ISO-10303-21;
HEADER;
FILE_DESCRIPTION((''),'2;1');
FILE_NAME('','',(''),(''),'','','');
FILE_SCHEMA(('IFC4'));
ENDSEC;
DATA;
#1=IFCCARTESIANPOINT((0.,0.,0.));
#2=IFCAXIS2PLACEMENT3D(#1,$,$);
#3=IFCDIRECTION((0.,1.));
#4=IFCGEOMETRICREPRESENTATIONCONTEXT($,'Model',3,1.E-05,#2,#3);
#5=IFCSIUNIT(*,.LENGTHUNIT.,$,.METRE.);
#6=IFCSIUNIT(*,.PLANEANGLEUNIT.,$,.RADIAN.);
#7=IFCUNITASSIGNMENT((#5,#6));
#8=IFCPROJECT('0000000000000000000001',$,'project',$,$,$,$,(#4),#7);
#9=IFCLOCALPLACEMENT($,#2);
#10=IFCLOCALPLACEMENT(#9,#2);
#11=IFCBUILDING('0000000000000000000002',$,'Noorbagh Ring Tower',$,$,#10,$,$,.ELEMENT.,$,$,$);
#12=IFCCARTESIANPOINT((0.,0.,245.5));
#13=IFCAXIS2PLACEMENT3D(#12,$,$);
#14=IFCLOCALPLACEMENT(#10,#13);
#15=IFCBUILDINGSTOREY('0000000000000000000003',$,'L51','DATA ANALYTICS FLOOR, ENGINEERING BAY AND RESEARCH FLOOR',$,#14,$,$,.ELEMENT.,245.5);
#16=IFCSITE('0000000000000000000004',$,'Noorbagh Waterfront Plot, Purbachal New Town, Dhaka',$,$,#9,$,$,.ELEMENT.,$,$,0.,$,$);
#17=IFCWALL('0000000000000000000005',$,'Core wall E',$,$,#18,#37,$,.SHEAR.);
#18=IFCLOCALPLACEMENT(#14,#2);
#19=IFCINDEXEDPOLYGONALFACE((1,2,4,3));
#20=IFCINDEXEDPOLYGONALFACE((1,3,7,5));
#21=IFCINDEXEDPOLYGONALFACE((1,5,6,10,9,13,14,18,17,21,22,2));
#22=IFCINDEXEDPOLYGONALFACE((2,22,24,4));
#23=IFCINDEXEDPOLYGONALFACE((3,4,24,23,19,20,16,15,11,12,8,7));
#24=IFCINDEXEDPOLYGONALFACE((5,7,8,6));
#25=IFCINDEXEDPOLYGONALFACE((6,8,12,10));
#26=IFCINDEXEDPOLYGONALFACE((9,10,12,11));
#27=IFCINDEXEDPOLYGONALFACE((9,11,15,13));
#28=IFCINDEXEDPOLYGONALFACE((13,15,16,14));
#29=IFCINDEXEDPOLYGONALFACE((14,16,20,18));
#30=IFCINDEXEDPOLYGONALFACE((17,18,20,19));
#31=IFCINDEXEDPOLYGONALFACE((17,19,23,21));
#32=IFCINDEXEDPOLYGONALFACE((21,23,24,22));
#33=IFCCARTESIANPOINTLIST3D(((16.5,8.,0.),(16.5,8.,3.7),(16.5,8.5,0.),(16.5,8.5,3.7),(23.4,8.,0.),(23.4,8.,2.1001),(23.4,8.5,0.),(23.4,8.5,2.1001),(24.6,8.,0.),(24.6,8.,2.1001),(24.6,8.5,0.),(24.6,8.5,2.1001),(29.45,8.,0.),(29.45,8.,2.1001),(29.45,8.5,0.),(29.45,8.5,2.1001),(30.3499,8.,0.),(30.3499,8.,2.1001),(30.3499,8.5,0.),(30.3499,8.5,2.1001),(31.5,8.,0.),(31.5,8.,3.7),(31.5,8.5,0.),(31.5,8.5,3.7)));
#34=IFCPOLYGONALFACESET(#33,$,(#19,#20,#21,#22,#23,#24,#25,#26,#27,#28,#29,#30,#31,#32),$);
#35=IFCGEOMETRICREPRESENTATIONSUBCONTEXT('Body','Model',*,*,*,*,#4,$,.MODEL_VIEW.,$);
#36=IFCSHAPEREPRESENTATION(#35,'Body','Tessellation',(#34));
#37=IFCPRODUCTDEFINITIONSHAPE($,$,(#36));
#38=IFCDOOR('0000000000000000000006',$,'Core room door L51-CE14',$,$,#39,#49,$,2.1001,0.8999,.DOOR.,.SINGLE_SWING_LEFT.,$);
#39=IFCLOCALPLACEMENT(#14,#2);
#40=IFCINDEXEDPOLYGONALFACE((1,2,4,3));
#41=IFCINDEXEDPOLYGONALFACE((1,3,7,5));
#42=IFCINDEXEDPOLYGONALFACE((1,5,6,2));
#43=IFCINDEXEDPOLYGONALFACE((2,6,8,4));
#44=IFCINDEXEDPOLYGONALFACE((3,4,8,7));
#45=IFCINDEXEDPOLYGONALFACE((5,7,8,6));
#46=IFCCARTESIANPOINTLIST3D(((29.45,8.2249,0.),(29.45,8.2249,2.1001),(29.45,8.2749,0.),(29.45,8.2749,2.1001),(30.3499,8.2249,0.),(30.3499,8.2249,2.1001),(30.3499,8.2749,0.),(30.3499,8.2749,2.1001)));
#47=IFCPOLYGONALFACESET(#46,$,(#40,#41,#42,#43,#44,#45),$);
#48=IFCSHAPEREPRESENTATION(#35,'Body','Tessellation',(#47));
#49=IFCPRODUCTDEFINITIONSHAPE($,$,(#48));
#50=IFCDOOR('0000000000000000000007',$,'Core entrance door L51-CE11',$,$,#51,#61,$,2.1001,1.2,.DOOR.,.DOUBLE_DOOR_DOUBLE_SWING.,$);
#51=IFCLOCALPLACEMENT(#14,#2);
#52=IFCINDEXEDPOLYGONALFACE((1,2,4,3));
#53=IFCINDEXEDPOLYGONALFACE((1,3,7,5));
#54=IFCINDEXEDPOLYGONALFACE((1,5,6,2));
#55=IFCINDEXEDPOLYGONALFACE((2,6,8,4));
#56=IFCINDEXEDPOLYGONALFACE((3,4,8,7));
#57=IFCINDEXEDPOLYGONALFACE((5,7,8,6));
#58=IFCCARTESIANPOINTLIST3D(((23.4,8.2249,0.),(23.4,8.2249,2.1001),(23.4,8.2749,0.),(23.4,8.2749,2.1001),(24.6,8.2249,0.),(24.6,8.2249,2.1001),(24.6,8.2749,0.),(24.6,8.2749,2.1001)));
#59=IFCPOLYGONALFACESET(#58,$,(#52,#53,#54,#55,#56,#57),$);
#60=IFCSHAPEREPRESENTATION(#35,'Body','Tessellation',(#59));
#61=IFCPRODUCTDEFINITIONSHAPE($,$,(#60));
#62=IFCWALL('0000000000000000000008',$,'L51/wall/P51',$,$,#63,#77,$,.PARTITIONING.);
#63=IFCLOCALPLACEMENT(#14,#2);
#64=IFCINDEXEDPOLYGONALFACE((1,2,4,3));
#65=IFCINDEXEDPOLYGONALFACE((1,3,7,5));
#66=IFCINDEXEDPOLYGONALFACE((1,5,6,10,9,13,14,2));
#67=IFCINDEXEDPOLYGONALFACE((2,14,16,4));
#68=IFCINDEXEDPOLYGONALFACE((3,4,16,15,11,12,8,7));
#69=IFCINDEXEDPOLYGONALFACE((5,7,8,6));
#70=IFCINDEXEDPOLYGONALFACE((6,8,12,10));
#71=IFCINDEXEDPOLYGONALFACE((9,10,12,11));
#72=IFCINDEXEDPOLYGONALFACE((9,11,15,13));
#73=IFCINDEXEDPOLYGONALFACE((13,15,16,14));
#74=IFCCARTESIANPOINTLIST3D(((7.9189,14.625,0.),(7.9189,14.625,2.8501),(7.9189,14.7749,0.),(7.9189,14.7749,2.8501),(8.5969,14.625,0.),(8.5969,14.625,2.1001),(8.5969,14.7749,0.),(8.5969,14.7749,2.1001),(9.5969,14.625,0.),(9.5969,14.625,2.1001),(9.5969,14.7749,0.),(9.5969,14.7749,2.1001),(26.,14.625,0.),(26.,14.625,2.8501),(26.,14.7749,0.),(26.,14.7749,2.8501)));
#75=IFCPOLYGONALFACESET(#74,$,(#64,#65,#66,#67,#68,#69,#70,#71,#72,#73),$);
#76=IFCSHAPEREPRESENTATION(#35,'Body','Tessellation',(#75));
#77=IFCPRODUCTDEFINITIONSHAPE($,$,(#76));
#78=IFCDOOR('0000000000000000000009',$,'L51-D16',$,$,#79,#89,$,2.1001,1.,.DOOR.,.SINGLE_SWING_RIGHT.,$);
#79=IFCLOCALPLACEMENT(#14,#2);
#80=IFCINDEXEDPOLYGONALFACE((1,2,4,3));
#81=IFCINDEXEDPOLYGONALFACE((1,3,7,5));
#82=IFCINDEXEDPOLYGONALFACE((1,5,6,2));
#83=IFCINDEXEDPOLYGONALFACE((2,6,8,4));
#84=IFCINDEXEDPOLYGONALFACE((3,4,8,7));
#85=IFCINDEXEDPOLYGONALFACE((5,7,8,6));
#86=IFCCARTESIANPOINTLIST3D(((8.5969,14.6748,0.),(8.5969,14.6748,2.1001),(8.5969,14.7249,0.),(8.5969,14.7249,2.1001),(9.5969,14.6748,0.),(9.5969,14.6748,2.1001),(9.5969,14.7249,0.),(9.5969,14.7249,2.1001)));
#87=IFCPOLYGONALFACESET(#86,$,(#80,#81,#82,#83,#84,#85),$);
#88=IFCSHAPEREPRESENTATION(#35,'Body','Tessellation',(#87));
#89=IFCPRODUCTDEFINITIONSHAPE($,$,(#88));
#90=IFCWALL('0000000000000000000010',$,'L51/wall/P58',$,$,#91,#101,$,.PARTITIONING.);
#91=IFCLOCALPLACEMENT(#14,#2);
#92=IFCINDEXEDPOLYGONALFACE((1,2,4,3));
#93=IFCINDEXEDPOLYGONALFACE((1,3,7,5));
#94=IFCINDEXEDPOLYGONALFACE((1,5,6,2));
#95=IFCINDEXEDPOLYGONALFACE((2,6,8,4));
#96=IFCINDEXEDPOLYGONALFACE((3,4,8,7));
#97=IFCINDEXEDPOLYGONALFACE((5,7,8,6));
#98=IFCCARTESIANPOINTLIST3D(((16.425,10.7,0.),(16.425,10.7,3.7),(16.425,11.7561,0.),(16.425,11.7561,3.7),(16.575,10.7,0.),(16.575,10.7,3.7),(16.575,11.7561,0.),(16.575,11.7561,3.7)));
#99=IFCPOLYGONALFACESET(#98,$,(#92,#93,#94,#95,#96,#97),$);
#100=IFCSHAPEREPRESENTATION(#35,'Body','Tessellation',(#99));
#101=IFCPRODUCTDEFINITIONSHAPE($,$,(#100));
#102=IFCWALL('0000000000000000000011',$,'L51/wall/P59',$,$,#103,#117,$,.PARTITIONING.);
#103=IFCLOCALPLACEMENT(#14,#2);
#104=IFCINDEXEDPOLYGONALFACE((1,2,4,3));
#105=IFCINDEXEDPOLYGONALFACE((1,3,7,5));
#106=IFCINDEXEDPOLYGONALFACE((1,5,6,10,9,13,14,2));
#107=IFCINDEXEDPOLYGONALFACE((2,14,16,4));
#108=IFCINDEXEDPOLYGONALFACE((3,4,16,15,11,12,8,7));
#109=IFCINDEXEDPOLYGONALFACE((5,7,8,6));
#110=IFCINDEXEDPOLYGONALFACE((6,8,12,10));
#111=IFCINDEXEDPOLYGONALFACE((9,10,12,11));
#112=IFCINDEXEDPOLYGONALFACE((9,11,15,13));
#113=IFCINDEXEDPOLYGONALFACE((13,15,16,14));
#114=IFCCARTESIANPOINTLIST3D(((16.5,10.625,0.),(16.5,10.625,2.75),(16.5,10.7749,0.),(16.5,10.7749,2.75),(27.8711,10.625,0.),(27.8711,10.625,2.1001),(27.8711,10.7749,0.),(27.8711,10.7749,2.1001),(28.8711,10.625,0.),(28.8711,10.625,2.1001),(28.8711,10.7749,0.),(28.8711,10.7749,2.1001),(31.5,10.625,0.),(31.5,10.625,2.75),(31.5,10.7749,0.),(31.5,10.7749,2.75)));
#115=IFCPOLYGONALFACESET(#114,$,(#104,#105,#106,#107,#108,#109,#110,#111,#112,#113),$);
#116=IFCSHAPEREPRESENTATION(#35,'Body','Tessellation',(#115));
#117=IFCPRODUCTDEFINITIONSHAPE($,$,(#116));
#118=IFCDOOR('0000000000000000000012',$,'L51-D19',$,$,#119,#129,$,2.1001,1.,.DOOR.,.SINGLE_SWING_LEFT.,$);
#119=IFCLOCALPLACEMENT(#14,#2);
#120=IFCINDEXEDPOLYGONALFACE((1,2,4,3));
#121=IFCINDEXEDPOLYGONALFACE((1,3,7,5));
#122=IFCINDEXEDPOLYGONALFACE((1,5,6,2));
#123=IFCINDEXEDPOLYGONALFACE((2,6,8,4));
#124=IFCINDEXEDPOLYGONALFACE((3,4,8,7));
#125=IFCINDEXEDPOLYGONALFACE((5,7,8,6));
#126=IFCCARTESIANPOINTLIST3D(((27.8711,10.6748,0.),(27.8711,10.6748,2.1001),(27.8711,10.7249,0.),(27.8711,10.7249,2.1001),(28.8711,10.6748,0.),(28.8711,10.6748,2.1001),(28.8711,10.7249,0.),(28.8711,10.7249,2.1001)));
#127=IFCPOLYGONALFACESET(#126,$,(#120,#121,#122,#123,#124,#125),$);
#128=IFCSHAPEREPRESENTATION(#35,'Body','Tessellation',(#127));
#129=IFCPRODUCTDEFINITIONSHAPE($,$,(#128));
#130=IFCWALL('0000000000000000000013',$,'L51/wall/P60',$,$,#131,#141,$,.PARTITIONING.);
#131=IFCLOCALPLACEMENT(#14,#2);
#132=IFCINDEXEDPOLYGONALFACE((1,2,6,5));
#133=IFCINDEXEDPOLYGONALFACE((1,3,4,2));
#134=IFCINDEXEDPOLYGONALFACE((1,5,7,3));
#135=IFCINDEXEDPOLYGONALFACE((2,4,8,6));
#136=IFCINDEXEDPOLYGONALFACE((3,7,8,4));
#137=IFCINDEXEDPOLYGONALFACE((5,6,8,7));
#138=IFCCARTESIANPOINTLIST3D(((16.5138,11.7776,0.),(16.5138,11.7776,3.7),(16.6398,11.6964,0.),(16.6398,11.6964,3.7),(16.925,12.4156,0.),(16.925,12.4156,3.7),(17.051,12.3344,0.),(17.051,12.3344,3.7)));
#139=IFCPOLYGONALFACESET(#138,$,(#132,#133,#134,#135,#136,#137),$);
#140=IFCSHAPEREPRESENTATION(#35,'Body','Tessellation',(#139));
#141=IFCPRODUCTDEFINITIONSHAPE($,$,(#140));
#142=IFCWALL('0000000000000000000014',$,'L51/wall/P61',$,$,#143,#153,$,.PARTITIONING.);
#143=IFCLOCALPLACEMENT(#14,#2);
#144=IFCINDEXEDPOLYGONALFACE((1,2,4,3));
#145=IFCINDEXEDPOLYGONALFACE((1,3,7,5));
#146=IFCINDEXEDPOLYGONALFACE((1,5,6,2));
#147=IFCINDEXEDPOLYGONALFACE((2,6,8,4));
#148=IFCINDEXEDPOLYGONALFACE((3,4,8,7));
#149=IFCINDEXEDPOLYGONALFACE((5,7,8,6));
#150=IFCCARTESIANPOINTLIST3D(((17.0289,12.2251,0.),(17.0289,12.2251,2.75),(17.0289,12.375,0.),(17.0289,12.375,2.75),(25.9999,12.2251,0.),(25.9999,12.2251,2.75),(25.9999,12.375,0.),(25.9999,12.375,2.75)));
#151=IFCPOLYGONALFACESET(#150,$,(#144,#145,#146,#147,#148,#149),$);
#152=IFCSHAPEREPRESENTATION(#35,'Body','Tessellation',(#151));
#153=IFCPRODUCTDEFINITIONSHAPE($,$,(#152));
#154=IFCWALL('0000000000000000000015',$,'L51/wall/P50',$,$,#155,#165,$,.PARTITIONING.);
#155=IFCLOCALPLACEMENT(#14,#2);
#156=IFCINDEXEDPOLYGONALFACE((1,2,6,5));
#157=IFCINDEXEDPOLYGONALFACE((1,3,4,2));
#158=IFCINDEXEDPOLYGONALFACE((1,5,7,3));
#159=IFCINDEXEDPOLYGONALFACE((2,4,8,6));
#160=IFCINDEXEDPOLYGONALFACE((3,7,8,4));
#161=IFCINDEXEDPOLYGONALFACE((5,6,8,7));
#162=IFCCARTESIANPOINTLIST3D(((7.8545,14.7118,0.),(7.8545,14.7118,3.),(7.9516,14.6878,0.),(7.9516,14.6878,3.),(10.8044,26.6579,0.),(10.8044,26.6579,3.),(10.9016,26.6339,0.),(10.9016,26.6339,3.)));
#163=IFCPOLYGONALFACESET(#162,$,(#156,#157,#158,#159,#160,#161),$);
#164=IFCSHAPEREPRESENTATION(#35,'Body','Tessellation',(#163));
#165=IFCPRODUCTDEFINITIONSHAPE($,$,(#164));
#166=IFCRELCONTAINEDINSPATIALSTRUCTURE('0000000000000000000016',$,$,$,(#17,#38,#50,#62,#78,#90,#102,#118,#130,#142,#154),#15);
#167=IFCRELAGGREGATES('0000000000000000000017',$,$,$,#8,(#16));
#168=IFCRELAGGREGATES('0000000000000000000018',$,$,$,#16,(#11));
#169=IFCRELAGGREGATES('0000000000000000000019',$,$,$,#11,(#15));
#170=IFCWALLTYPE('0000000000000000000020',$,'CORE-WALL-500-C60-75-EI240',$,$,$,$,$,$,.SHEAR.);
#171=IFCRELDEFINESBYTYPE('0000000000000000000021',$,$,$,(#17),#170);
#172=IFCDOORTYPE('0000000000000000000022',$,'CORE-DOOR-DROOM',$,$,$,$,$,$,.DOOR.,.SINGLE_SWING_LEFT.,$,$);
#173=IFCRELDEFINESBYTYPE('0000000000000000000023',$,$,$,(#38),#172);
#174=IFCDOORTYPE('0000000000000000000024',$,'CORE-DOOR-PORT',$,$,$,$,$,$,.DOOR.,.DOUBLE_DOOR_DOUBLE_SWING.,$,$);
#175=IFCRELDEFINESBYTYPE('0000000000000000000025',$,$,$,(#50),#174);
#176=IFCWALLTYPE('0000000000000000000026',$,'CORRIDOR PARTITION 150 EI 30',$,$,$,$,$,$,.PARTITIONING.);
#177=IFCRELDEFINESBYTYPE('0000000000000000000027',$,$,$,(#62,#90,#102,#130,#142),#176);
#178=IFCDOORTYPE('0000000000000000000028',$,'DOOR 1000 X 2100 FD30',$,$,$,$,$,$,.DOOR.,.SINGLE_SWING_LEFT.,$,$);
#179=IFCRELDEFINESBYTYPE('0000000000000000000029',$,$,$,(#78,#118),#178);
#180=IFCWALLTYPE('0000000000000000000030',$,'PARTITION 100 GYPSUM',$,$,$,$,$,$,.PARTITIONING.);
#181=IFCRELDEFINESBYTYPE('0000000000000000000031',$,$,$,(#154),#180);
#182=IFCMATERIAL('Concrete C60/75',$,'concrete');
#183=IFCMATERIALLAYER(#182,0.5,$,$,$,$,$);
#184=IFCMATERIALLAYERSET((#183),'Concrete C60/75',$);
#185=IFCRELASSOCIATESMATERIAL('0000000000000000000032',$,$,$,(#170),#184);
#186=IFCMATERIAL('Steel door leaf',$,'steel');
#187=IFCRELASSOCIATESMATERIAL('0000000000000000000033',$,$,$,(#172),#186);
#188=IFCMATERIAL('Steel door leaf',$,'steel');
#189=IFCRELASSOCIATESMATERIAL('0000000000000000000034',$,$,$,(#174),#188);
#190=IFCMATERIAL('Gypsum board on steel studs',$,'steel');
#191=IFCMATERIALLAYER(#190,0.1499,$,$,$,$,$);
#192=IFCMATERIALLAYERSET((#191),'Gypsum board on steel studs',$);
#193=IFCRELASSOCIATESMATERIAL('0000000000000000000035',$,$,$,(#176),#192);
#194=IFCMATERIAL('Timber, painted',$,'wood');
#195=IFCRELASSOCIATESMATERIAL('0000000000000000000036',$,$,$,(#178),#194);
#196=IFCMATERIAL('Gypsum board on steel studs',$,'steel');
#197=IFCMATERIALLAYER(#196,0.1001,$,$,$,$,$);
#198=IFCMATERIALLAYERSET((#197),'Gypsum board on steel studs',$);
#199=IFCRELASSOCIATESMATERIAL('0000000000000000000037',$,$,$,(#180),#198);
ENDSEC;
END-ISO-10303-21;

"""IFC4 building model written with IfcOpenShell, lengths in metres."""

from ifc_helpers import new_model, si_unit, direction, frame, frame_2d, origin, place, context, subcontext, project, spatial, rectangle, extrude, material, layer, layer_set, type_object, element, fill, save


model = new_model("IFC4")

# Units and contexts
model_context = context("Model", 3, precision=1e-05, world=origin(), true_north=direction((0.0, 1.0)))
body_context = subcontext(model_context, "Body", "Model", "MODEL_VIEW")
ifc_project = project(units=[si_unit("LENGTHUNIT", "METRE"), si_unit("PLANEANGLEUNIT", "RADIAN")], contexts=[model_context])

# Site, building, storey
site_placement = place(None, origin())
site = spatial("IfcSite", under=ifc_project, at=site_placement, Name="Noorbagh Waterfront Plot, Purbachal New Town, Dhaka", CompositionType="ELEMENT", RefElevation=0.0)
building_placement = place(site_placement, origin())
building = spatial("IfcBuilding", under=site, at=building_placement, Name="Noorbagh Ring Tower", CompositionType="ELEMENT")
storey_placement = place(building_placement, frame((0.0, 0.0, 245.5)))
storey = spatial("IfcBuildingStorey", under=building, at=storey_placement, Name="L51", Description="DATA ANALYTICS FLOOR, ENGINEERING BAY AND RESEARCH FLOOR", CompositionType="ELEMENT", Elevation=245.5)

# Wall, openings, doors
ifc_material_1 = material(Name="Concrete C60/75", Category="concrete")
ifc_layer_1 = layer(ifc_material_1, 0.5)
ifc_layer_set_1 = layer_set([ifc_layer_1], Name="Concrete C60/75")
wall_type_1 = type_object("IfcWallType", Name="CORE-WALL-500-C60-75-EI240", PredefinedType="SHEAR", material=ifc_layer_set_1)
wall_1_placement = place(storey_placement, frame((16.5, 8.25, 0.0), z_axis=(0.0, 0.0, 1.0), x_axis=(1.0, 0.0, 0.0)))
wall_1 = element("IfcWall", 1, at=wall_1_placement, inside=storey, type_object=wall_type_1, Name="Core wall E", PredefinedType="SHEAR", context=body_context, shape_type="SweptSolid", body=[
    extrude(rectangle(XDim=15.0, YDim=0.5, at=frame_2d((7.5, 0.0))), origin(), (0.0, 0.0, 1.0), 3.7),
])
opening_1_placement = place(wall_1_placement, frame((6.8999, 0.0, 0.0)))
opening_1 = element("IfcOpeningElement", 2, at=opening_1_placement, cuts=wall_1, PredefinedType="OPENING", context=body_context, shape_type="SweptSolid", body=[
    extrude(rectangle(XDim=1.2, YDim=2.1001, at=frame_2d((0.6001, 1.05))), frame((0.0, 0.26, 0.0), z_axis=(0.0, -1.0, 0.0), x_axis=(1.0, 0.0, 0.0)), (0.0, 0.0, 1.0), 0.52),
])
opening_2_placement = place(wall_1_placement, frame((12.95, 0.0, 0.0)))
opening_2 = element("IfcOpeningElement", 3, at=opening_2_placement, cuts=wall_1, PredefinedType="OPENING", context=body_context, shape_type="SweptSolid", body=[
    extrude(rectangle(XDim=0.8999, YDim=2.1001, at=frame_2d((0.45, 1.05))), frame((0.0, 0.26, 0.0), z_axis=(0.0, -1.0, 0.0), x_axis=(1.0, 0.0, 0.0)), (0.0, 0.0, 1.0), 0.52),
])
ifc_material_2 = material(Name="Steel door leaf", Category="steel")
door_type_1 = type_object("IfcDoorType", Name="CORE-DOOR-DROOM", OperationType="SINGLE_SWING_LEFT", PredefinedType="DOOR", material=ifc_material_2)
door_1_placement = place(opening_2_placement, origin())
door_1 = element("IfcDoor", 4, at=door_1_placement, inside=storey, type_object=door_type_1, Name="Core room door L51-CE14", OperationType="SINGLE_SWING_LEFT", OverallHeight=2.1001, OverallWidth=0.8999, PredefinedType="DOOR", context=body_context, shape_type="SweptSolid", body=[
    extrude(rectangle(XDim=0.8999, YDim=2.1001, at=frame_2d((0.45, 1.05))), frame((0.0, 0.0249, 0.0), z_axis=(0.0, -1.0, 0.0), x_axis=(1.0, 0.0, 0.0)), (0.0, 0.0, 1.0), 0.05),
])
fill(opening_2, door_1)
ifc_material_3 = material(Name="Steel door leaf", Category="steel")
door_type_2 = type_object("IfcDoorType", Name="CORE-DOOR-PORT", OperationType="DOUBLE_DOOR_DOUBLE_SWING", PredefinedType="DOOR", material=ifc_material_3)
door_2_placement = place(opening_1_placement, origin())
door_2 = element("IfcDoor", 5, at=door_2_placement, inside=storey, type_object=door_type_2, Name="Core entrance door L51-CE11", OperationType="DOUBLE_DOOR_DOUBLE_SWING", OverallHeight=2.1001, OverallWidth=1.2, PredefinedType="DOOR", context=body_context, shape_type="SweptSolid", body=[
    extrude(rectangle(XDim=1.2, YDim=2.1001, at=frame_2d((0.6001, 1.05))), frame((0.0, 0.0249, 0.0), z_axis=(0.0, -1.0, 0.0), x_axis=(1.0, 0.0, 0.0)), (0.0, 0.0, 1.0), 0.05),
])
fill(opening_1, door_2)

# Wall, opening, door
ifc_material_4 = material(Name="Gypsum board on steel studs", Category="steel")
ifc_layer_2 = layer(ifc_material_4, 0.1499)
ifc_layer_set_2 = layer_set([ifc_layer_2], Name="Gypsum board on steel studs")
wall_type_2 = type_object("IfcWallType", Name="CORRIDOR PARTITION 150 EI 30", PredefinedType="PARTITIONING", material=ifc_layer_set_2)
wall_2_placement = place(storey_placement, frame((7.9189, 14.7, 0.0), z_axis=(0.0, 0.0, 1.0), x_axis=(1.0, 0.0, 0.0)))
wall_2 = element("IfcWall", 6, at=wall_2_placement, inside=storey, type_object=wall_type_2, Name="L51/wall/P51", PredefinedType="PARTITIONING", context=body_context, shape_type="SweptSolid", body=[
    extrude(rectangle(XDim=18.0811, YDim=0.1499, at=frame_2d((9.0405, 0.0))), origin(), (0.0, 0.0, 1.0), 2.8501),
])
opening_3_placement = place(wall_2_placement, frame((0.678, 0.0, 0.0)))
opening_3 = element("IfcOpeningElement", 7, at=opening_3_placement, cuts=wall_2, PredefinedType="OPENING", context=body_context, shape_type="SweptSolid", body=[
    extrude(rectangle(XDim=1.0, YDim=2.1001, at=frame_2d((0.5, 1.05))), frame((0.0, 0.085, 0.0), z_axis=(0.0, -1.0, 0.0), x_axis=(1.0, 0.0, 0.0)), (0.0, 0.0, 1.0), 0.1699),
])
ifc_material_5 = material(Name="Timber, painted", Category="wood")
door_type_3 = type_object("IfcDoorType", Name="DOOR 1000 X 2100 FD30", OperationType="SINGLE_SWING_LEFT", PredefinedType="DOOR", material=ifc_material_5)
door_3_placement = place(opening_3_placement, origin())
door_3 = element("IfcDoor", 8, at=door_3_placement, inside=storey, type_object=door_type_3, Name="L51-D16", OperationType="SINGLE_SWING_RIGHT", OverallHeight=2.1001, OverallWidth=1.0, PredefinedType="DOOR", context=body_context, shape_type="SweptSolid", body=[
    extrude(rectangle(XDim=1.0, YDim=2.1001, at=frame_2d((0.5, 1.05))), frame((0.0, 0.0249, 0.0), z_axis=(0.0, -1.0, 0.0), x_axis=(1.0, 0.0, 0.0)), (0.0, 0.0, 1.0), 0.05),
])
fill(opening_3, door_3)

# Wall
wall_3_placement = place(storey_placement, frame((16.5, 10.7, 0.0), z_axis=(0.0, 0.0, 1.0), x_axis=(0.0, 1.0, 0.0)))
element("IfcWall", 9, at=wall_3_placement, inside=storey, type_object=wall_type_2, Name="L51/wall/P58", PredefinedType="PARTITIONING", context=body_context, shape_type="SweptSolid", body=[
    extrude(rectangle(XDim=1.0562, YDim=0.1499, at=frame_2d((0.5281, 0.0))), origin(), (0.0, 0.0, 1.0), 3.7),
])

# Wall, opening, door
wall_4_placement = place(storey_placement, frame((16.5, 10.7, 0.0), z_axis=(0.0, 0.0, 1.0), x_axis=(1.0, 0.0, 0.0)))
wall_4 = element("IfcWall", 10, at=wall_4_placement, inside=storey, type_object=wall_type_2, Name="L51/wall/P59", PredefinedType="PARTITIONING", context=body_context, shape_type="SweptSolid", body=[
    extrude(rectangle(XDim=15.0, YDim=0.1499, at=frame_2d((7.5, 0.0))), origin(), (0.0, 0.0, 1.0), 2.75),
])
opening_4_placement = place(wall_4_placement, frame((11.3711, 0.0, 0.0)))
opening_4 = element("IfcOpeningElement", 11, at=opening_4_placement, cuts=wall_4, PredefinedType="OPENING", context=body_context, shape_type="SweptSolid", body=[
    extrude(rectangle(XDim=1.0, YDim=2.1001, at=frame_2d((0.5, 1.05))), frame((0.0, 0.085, 0.0), z_axis=(0.0, -1.0, 0.0), x_axis=(1.0, 0.0, 0.0)), (0.0, 0.0, 1.0), 0.1699),
])
door_4_placement = place(opening_4_placement, origin())
door_4 = element("IfcDoor", 12, at=door_4_placement, inside=storey, type_object=door_type_3, Name="L51-D19", OperationType="SINGLE_SWING_LEFT", OverallHeight=2.1001, OverallWidth=1.0, PredefinedType="DOOR", context=body_context, shape_type="SweptSolid", body=[
    extrude(rectangle(XDim=1.0, YDim=2.1001, at=frame_2d((0.5, 1.05))), frame((0.0, 0.0249, 0.0), z_axis=(0.0, -1.0, 0.0), x_axis=(1.0, 0.0, 0.0)), (0.0, 0.0, 1.0), 0.05),
])
fill(opening_4, door_4)

# Walls
wall_5_placement = place(storey_placement, frame((16.5769, 11.7371, 0.0), z_axis=(0.0, 0.0, 1.0), x_axis=(0.541716, 0.840561, 0.0)))
element("IfcWall", 13, at=wall_5_placement, inside=storey, type_object=wall_type_2, Name="L51/wall/P60", PredefinedType="PARTITIONING", context=body_context, shape_type="SweptSolid", body=[
    extrude(rectangle(XDim=0.759, YDim=0.1499, at=frame_2d((0.3794, 0.0))), origin(), (0.0, 0.0, 1.0), 3.7),
])
wall_6_placement = place(storey_placement, frame((17.0291, 12.3, 0.0), z_axis=(0.0, 0.0, 1.0), x_axis=(1.0, 0.0, 0.0)))
element("IfcWall", 14, at=wall_6_placement, inside=storey, type_object=wall_type_2, Name="L51/wall/P61", PredefinedType="PARTITIONING", context=body_context, shape_type="SweptSolid", body=[
    extrude(rectangle(XDim=8.9709, YDim=0.1499, at=frame_2d((4.4854, 0.0))), origin(), (0.0, 0.0, 1.0), 2.75),
])
ifc_material_6 = material(Name="Gypsum board on steel studs", Category="steel")
ifc_layer_3 = layer(ifc_material_6, 0.1001)
ifc_layer_set_3 = layer_set([ifc_layer_3], Name="Gypsum board on steel studs")
wall_type_3 = type_object("IfcWallType", Name="PARTITION 100 GYPSUM", PredefinedType="PARTITIONING", material=ifc_layer_set_3)
wall_7_placement = place(storey_placement, frame((7.9031, 14.7, 0.0), z_axis=(0.0, 0.0, 1.0), x_axis=(0.239738, 0.970838, 0.0)))
element("IfcWall", 15, at=wall_7_placement, inside=storey, type_object=wall_type_3, Name="L51/wall/P50", PredefinedType="PARTITIONING", context=body_context, shape_type="SweptSolid", body=[
    extrude(rectangle(XDim=12.3049, YDim=0.1001, at=frame_2d((6.1523, 0.0))), origin(), (0.0, 0.0, 1.0), 3.0),
])

save(model, "model.ifc")
